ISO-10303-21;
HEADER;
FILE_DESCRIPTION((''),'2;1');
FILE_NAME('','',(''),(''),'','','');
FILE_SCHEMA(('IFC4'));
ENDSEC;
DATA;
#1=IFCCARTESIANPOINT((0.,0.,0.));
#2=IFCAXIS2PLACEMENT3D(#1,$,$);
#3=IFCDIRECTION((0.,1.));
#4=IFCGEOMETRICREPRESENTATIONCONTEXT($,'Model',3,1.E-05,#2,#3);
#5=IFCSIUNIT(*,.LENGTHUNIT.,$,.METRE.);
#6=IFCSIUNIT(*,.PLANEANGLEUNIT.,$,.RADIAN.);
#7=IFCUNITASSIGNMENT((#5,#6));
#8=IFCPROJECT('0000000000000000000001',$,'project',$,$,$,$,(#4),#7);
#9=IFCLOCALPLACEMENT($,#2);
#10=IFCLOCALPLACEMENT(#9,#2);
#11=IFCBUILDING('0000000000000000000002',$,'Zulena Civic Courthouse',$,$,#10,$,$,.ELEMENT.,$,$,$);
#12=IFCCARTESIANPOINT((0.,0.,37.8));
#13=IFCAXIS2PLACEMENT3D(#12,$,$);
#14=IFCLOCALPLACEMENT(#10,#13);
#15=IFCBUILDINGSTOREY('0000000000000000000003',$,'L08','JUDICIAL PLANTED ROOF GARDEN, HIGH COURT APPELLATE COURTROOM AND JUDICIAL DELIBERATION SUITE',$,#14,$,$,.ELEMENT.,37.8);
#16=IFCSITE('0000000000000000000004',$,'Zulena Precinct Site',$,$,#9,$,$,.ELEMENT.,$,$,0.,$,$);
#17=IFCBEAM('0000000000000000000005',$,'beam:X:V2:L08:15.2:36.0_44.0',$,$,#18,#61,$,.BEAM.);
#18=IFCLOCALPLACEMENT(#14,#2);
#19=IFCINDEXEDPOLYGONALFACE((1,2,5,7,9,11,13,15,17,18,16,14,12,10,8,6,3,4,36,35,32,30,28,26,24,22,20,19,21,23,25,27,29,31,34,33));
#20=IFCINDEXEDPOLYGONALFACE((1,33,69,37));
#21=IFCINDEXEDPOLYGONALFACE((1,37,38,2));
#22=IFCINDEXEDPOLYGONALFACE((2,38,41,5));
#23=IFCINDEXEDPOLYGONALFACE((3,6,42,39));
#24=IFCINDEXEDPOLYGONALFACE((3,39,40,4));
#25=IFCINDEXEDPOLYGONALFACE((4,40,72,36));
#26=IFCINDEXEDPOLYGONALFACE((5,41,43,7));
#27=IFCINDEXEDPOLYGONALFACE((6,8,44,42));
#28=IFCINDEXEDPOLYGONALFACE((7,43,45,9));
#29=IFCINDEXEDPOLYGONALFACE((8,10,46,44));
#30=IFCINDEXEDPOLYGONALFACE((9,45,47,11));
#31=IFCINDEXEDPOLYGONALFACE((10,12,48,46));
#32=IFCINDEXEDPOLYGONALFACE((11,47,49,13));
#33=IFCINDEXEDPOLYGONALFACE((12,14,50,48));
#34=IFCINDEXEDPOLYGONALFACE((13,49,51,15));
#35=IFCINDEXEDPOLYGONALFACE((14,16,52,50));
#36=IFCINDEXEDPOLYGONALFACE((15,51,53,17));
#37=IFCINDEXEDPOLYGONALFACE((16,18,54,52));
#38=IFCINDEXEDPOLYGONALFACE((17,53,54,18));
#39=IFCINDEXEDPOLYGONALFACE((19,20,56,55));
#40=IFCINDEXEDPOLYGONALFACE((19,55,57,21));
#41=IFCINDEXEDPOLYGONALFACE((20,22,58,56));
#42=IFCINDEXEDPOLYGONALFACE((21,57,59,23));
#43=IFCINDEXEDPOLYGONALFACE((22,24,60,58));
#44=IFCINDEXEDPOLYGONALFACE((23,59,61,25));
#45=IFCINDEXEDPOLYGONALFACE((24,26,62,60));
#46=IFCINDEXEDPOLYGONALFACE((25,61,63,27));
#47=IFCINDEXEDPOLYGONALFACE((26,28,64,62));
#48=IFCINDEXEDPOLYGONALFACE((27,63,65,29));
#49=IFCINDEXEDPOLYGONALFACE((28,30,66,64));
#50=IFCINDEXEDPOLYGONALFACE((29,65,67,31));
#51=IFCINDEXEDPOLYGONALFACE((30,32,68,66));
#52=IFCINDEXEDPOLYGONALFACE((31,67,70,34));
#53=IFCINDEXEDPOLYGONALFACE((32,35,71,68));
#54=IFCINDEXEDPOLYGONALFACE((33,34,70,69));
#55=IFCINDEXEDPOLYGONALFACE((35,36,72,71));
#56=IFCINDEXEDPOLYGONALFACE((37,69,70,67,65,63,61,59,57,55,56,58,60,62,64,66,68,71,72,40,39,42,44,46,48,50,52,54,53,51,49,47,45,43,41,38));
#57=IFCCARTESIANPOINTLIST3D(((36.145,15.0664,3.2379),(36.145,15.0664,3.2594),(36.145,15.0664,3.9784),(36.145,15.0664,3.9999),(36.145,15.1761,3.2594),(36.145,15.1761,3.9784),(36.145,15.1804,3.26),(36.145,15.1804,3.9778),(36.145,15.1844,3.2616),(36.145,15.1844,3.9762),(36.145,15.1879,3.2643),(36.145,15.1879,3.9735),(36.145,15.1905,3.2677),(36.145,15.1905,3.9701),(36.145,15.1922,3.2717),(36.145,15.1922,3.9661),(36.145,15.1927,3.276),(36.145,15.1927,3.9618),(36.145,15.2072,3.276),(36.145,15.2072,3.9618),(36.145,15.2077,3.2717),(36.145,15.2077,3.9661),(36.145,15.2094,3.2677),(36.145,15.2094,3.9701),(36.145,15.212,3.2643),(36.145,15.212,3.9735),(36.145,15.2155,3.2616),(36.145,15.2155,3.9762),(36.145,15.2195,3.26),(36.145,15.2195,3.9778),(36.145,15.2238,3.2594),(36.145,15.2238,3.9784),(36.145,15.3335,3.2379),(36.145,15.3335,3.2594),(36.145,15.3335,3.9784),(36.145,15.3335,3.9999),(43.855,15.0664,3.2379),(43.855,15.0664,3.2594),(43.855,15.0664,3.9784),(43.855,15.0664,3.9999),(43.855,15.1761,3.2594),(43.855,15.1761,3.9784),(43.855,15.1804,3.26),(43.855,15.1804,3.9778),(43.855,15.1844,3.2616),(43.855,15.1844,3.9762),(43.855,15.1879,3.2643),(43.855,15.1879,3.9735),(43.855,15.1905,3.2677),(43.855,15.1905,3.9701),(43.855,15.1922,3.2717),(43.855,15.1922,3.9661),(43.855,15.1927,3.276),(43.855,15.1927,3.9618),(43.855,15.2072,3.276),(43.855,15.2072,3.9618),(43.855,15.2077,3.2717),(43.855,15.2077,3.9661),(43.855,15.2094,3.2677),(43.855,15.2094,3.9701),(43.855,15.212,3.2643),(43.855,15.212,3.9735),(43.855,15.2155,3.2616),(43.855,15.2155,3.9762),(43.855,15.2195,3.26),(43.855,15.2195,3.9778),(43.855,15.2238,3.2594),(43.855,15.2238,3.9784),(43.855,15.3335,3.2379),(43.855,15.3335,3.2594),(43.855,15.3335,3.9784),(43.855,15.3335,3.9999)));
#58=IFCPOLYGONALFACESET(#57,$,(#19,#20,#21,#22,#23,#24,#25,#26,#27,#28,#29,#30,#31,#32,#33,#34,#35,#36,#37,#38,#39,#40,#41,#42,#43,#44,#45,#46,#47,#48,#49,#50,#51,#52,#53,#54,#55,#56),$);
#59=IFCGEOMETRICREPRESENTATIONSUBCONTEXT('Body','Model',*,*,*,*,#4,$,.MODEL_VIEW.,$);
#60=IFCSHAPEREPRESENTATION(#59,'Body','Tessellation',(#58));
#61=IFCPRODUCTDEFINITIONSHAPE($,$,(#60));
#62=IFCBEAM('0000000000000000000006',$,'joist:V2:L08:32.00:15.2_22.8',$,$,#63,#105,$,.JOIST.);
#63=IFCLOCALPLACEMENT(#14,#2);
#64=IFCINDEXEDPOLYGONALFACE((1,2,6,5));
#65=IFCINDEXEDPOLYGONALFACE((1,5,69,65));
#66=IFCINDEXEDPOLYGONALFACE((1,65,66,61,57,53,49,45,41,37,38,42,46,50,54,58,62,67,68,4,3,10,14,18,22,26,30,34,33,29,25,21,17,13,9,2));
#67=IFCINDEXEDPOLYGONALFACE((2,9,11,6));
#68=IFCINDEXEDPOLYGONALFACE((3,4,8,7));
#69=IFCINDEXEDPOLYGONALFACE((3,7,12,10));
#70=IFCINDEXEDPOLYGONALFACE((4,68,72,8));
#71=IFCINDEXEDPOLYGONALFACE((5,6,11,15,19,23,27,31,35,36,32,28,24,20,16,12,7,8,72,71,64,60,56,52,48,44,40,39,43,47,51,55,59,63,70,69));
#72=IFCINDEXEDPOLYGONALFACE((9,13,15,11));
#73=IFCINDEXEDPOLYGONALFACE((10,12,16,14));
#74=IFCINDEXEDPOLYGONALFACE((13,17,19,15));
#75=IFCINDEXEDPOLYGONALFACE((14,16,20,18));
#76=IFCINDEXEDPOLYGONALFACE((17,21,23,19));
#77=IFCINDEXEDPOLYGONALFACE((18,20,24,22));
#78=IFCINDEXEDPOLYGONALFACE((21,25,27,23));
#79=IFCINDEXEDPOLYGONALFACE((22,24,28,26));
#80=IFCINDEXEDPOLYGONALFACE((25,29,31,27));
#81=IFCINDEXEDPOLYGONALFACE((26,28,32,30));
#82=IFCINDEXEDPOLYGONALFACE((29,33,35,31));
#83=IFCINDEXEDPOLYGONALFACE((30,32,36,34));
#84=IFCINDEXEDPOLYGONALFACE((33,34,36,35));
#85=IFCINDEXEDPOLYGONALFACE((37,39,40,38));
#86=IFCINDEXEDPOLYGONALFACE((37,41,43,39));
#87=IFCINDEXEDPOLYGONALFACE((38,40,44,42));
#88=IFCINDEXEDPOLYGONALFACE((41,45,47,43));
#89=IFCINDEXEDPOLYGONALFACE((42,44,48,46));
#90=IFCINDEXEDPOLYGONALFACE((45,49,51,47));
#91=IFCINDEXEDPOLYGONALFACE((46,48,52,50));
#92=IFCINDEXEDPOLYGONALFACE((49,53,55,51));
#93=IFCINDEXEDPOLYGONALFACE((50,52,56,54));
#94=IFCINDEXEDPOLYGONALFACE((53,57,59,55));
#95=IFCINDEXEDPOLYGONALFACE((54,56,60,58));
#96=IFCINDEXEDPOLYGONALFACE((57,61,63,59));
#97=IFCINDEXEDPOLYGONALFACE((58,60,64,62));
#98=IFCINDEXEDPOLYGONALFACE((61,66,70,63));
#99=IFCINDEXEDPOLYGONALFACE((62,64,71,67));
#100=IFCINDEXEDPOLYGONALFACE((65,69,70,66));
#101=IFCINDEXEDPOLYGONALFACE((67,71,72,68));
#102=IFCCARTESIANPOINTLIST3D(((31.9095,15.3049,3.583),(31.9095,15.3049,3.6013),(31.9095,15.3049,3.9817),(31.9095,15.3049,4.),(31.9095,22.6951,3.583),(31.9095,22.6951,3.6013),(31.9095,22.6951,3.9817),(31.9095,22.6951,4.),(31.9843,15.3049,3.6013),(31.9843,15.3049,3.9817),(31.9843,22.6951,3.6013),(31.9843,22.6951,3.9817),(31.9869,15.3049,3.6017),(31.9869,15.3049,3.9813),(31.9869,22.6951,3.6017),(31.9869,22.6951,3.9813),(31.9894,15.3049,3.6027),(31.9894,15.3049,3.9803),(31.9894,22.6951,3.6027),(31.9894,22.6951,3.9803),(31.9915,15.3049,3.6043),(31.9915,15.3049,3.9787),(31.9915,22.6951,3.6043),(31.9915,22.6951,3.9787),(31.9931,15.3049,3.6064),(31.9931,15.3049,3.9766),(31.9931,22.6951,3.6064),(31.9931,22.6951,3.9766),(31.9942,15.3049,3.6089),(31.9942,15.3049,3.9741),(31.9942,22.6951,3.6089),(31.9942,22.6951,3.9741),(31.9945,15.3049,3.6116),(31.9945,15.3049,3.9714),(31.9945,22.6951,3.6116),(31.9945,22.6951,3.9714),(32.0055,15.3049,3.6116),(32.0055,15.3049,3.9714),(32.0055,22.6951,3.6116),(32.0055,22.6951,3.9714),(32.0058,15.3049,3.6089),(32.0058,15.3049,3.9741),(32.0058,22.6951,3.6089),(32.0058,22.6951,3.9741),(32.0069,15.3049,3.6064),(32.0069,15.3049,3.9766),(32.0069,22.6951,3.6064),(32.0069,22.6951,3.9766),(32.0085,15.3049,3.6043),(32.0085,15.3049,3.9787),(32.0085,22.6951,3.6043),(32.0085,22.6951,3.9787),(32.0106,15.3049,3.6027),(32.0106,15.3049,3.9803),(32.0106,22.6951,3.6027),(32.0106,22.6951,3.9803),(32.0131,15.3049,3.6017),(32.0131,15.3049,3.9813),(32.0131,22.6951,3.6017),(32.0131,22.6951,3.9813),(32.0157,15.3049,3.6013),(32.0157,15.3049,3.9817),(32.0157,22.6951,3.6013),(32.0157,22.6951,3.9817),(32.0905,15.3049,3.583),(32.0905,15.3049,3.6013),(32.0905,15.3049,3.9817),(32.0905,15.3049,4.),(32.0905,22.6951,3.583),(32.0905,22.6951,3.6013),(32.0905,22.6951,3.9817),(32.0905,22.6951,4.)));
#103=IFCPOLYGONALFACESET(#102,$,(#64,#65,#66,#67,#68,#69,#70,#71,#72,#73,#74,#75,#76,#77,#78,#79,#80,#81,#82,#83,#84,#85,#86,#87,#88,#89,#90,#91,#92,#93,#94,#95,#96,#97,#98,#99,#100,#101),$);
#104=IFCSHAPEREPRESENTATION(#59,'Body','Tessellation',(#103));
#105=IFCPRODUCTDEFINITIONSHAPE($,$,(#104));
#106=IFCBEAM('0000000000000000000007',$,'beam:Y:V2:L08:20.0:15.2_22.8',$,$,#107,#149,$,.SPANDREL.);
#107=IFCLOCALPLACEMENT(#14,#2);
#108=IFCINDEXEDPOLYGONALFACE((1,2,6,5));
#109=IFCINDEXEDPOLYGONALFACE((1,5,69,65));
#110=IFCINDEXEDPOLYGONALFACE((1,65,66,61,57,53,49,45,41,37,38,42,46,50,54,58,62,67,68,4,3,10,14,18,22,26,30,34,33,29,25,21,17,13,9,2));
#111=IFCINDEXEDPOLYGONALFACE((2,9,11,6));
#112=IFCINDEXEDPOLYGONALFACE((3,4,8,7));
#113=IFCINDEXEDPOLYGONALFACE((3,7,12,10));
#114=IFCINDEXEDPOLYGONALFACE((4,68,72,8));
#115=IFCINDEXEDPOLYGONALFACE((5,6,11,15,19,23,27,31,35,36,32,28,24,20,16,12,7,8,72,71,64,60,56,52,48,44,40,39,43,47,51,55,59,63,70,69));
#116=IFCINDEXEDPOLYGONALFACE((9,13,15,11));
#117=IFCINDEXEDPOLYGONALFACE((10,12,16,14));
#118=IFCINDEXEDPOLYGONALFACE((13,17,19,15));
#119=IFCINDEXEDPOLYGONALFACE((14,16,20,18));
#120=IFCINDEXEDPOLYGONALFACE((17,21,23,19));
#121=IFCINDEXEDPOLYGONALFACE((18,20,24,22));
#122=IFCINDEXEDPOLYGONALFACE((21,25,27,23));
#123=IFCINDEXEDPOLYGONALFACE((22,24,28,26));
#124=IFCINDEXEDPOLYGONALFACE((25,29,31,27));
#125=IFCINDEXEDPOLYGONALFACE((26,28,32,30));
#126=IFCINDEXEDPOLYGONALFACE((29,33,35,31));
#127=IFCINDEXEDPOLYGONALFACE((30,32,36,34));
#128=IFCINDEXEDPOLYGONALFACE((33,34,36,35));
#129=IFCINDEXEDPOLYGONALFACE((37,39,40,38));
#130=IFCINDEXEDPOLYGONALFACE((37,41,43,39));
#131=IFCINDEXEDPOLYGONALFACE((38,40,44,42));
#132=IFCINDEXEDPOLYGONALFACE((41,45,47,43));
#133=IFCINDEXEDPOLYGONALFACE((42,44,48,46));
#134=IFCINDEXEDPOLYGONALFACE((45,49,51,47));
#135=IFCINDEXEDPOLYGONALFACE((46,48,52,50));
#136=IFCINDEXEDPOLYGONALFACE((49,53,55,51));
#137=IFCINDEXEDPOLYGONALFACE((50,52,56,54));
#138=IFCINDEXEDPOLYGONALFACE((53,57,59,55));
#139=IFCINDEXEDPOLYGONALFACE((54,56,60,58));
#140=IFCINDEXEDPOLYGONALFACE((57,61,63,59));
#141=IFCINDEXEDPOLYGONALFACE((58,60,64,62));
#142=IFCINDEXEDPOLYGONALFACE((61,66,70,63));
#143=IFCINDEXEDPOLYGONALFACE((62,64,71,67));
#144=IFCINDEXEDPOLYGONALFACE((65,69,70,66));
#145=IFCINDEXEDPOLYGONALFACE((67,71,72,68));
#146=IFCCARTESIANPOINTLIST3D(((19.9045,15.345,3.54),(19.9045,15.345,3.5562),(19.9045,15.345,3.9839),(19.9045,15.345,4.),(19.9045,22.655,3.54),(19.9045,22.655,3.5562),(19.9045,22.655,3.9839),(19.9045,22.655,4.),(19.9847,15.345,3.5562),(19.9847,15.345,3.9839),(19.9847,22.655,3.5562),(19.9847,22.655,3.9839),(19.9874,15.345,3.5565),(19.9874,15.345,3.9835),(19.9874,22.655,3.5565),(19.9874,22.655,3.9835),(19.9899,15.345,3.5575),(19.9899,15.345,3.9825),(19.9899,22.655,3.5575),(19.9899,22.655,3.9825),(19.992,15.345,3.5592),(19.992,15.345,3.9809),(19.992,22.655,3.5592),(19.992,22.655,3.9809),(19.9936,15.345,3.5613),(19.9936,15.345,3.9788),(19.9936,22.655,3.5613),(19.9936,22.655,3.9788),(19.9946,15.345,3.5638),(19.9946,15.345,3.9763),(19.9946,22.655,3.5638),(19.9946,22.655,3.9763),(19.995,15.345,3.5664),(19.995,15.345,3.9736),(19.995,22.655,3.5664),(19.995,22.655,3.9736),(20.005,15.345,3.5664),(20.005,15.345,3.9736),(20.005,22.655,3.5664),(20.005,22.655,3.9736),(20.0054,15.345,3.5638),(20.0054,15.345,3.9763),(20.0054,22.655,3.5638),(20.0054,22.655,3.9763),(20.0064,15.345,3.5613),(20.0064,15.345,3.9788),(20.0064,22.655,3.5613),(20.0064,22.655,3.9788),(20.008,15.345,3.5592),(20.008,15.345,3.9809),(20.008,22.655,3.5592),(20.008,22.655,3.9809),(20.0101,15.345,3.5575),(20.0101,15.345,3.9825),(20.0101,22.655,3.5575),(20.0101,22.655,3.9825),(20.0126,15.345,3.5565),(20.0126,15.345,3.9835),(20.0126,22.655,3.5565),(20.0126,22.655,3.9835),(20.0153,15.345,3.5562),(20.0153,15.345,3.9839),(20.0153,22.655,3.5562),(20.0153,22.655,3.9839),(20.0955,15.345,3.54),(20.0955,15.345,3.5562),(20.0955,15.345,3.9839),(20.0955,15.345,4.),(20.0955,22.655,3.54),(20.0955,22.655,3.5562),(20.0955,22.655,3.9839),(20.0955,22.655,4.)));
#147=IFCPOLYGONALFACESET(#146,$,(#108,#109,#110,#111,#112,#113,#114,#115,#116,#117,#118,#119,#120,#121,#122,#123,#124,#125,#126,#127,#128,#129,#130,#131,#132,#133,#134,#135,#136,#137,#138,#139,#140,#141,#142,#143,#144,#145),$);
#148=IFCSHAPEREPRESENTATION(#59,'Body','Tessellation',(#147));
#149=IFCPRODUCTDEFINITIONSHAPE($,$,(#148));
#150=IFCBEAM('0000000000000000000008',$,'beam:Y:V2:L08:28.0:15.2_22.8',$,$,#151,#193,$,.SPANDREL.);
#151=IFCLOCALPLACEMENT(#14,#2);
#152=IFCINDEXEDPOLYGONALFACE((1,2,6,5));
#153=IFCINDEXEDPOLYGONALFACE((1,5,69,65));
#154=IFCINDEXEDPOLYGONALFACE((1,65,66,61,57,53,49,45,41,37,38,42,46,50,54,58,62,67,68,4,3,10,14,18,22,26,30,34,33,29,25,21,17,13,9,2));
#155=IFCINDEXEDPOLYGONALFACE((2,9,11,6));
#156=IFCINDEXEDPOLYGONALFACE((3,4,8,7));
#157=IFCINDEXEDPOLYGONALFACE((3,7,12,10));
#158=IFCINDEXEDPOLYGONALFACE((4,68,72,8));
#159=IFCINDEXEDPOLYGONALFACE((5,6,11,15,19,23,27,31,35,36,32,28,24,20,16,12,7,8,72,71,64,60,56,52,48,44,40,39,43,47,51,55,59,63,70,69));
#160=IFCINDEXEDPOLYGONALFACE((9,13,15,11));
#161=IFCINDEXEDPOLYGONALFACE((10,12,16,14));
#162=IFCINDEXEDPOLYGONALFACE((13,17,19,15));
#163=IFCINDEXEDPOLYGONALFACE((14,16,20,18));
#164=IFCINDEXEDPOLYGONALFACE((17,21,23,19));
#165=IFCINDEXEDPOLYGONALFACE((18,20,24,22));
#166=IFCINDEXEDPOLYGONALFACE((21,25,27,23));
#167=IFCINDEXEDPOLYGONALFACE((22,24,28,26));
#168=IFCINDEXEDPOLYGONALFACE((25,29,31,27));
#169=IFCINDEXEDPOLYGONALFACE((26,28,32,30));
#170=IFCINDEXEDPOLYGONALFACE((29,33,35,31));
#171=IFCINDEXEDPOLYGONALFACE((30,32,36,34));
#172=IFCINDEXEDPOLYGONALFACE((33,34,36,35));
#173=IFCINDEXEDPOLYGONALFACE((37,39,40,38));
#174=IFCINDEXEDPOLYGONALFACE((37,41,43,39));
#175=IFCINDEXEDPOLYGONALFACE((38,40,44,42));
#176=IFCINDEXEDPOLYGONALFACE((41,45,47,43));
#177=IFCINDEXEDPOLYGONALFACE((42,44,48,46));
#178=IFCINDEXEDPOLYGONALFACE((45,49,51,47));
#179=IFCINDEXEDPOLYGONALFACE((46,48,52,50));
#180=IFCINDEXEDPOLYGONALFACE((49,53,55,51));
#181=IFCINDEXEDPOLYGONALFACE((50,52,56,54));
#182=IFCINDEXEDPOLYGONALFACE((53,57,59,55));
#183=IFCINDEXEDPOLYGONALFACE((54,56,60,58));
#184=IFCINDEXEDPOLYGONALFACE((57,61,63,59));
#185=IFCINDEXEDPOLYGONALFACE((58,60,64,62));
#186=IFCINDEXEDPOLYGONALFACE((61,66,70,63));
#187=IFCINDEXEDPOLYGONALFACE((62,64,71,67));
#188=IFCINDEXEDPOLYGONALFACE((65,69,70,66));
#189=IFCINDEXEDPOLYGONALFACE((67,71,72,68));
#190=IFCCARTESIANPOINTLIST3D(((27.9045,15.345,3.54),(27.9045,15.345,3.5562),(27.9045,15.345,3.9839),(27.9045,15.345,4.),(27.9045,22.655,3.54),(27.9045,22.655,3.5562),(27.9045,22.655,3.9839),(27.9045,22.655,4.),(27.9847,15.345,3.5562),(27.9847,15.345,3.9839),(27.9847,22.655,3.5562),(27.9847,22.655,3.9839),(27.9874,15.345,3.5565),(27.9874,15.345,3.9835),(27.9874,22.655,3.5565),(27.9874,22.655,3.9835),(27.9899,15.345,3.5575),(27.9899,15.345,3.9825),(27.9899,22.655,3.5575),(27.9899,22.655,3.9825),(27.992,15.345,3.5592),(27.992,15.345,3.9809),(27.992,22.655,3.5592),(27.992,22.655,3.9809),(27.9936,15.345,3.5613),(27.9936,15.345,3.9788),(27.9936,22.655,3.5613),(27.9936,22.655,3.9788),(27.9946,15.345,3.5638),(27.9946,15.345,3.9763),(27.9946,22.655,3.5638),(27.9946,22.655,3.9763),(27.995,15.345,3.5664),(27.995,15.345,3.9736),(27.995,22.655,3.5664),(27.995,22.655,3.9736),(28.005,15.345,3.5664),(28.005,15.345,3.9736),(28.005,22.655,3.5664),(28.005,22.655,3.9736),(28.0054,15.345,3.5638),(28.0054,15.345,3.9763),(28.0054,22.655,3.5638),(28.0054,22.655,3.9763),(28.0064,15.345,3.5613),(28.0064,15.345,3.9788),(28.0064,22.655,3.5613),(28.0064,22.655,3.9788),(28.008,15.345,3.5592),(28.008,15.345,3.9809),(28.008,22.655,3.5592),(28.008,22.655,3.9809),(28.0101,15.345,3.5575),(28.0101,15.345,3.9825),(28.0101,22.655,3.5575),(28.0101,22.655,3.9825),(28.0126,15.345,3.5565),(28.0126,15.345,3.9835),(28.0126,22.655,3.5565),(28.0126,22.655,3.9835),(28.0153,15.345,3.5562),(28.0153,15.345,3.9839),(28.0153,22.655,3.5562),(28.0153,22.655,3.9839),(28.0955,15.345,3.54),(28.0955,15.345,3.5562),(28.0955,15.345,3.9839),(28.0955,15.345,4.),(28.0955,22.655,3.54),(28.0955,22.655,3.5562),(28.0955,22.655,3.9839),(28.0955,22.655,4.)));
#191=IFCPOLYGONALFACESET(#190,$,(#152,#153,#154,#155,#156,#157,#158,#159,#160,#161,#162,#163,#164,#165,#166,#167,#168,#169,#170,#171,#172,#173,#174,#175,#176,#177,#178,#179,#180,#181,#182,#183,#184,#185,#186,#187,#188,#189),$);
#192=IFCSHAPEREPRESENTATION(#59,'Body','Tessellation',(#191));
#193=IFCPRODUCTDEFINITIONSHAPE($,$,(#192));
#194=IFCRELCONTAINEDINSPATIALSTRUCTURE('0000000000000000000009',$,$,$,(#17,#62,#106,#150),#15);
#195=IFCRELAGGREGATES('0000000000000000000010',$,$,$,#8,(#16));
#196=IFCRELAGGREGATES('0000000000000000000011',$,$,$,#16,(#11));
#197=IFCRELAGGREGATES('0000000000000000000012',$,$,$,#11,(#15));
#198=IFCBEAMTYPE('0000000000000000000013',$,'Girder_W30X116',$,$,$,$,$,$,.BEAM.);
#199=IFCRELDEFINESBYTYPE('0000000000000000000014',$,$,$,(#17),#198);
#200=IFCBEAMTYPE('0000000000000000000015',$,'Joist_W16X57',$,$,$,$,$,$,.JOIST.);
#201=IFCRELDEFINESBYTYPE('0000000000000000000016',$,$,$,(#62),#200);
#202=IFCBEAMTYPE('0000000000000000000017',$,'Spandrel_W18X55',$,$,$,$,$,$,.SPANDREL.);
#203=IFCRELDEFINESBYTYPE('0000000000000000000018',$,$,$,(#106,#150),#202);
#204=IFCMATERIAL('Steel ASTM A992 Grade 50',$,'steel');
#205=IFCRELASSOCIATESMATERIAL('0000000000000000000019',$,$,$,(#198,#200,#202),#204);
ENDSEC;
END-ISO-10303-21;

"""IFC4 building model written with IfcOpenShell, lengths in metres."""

from ifc_helpers import new_model, si_unit, direction, frame, origin, origin_2d, place, context, subcontext, project, spatial, i_section, extrude, material, material_profile, profile_set, type_object, element, save


model = new_model("IFC4")

# Units and contexts
model_context = context("Model", 3, precision=1e-05, world=origin(), true_north=direction((0.0, 1.0)))
body_context = subcontext(model_context, "Body", "Model", "MODEL_VIEW")
ifc_project = project(units=[si_unit("LENGTHUNIT", "METRE"), si_unit("PLANEANGLEUNIT", "RADIAN")], contexts=[model_context])

# Site, building, storey
site_placement = place(None, origin())
site = spatial("IfcSite", under=ifc_project, at=site_placement, Name="Zulena Precinct Site", CompositionType="ELEMENT", RefElevation=0.0)
building_placement = place(site_placement, origin())
building = spatial("IfcBuilding", under=site, at=building_placement, Name="Zulena Civic Courthouse", CompositionType="ELEMENT")
storey_placement = place(building_placement, frame((0.0, 0.0, 37.8)))
storey = spatial("IfcBuildingStorey", under=building, at=storey_placement, Name="L08", Description="JUDICIAL PLANTED ROOF GARDEN, HIGH COURT APPELLATE COURTROOM AND JUDICIAL DELIBERATION SUITE", CompositionType="ELEMENT", Elevation=37.8)

# Shared definitions
ifc_material_1 = material(Name="Steel ASTM A992 Grade 50", Category="steel")

# Beams
ifc_material_profile_1 = material_profile(ifc_material_1, i_section(OverallWidth=0.2671, OverallDepth=0.762, WebThickness=0.0144, FlangeThickness=0.0215, FilletRadius=0.0166, at=origin_2d()), Name="W30X116")
ifc_profile_set_1 = profile_set([ifc_material_profile_1], Name="Steel ASTM A992 Grade 50")
beam_type_1 = type_object("IfcBeamType", Name="Girder_W30X116", PredefinedType="BEAM", material=ifc_profile_set_1)
for number, where, z_axis, x_axis, name in (
    (1, (36.145, 15.2, 3.6189), (1.0, 0.0, 0.0), (0.0, 1.0, 0.0), "beam:X:V2:L08:15.2:36.0_44.0"),
):
    element("IfcBeam", number, at=place(storey_placement, frame(where, z_axis=z_axis, x_axis=x_axis)), inside=storey, type_object=beam_type_1, Name=name, PredefinedType="BEAM", context=body_context, shape_type="SweptSolid", body=[
        extrude(i_section(OverallWidth=0.2671, OverallDepth=0.762, WebThickness=0.0144, FlangeThickness=0.0215, FilletRadius=0.0166, at=origin_2d()), origin(), (0.0, 0.0, 1.0), 7.71),
    ])
ifc_material_profile_2 = material_profile(ifc_material_1, i_section(OverallWidth=0.1809, OverallDepth=0.417, WebThickness=0.011, FlangeThickness=0.0183, FilletRadius=0.0103, at=origin_2d()), Name="W16X57")
ifc_profile_set_2 = profile_set([ifc_material_profile_2], Name="Steel ASTM A992 Grade 50")
beam_type_2 = type_object("IfcBeamType", Name="Joist_W16X57", PredefinedType="JOIST", material=ifc_profile_set_2)
beam_1_placement = place(storey_placement, frame((32.0, 15.3049, 3.7915), z_axis=(0.0, 1.0, 0.0), x_axis=(-1.0, 0.0, 0.0)))
element("IfcBeam", 2, at=beam_1_placement, inside=storey, type_object=beam_type_2, Name="joist:V2:L08:32.00:15.2_22.8", PredefinedType="JOIST", context=body_context, shape_type="SweptSolid", body=[
    extrude(i_section(OverallWidth=0.1809, OverallDepth=0.417, WebThickness=0.011, FlangeThickness=0.0183, FilletRadius=0.0103, at=origin_2d()), origin(), (0.0, 0.0, 1.0), 7.3901),
])
ifc_material_profile_3 = material_profile(ifc_material_1, i_section(OverallWidth=0.1909, OverallDepth=0.46, WebThickness=0.01, FlangeThickness=0.0161, FilletRadius=0.0103, at=origin_2d()), Name="W18X55")
ifc_profile_set_3 = profile_set([ifc_material_profile_3], Name="Steel ASTM A992 Grade 50")
beam_type_3 = type_object("IfcBeamType", Name="Spandrel_W18X55", PredefinedType="SPANDREL", material=ifc_profile_set_3)
for number, where, z_axis, x_axis, name in (
    (3, (20.0, 15.345, 3.77), (0.0, 1.0, 0.0), (-1.0, 0.0, 0.0), "beam:Y:V2:L08:20.0:15.2_22.8"),
    (4, (28.0, 15.345, 3.77), (0.0, 1.0, 0.0), (-1.0, 0.0, 0.0), "beam:Y:V2:L08:28.0:15.2_22.8"),
):
    element("IfcBeam", number, at=place(storey_placement, frame(where, z_axis=z_axis, x_axis=x_axis)), inside=storey, type_object=beam_type_3, Name=name, PredefinedType="SPANDREL", context=body_context, shape_type="SweptSolid", body=[
        extrude(i_section(OverallWidth=0.1909, OverallDepth=0.46, WebThickness=0.01, FlangeThickness=0.0161, FilletRadius=0.0103, at=origin_2d()), origin(), (0.0, 0.0, 1.0), 7.3101),
    ])

save(model, "model.ifc")
